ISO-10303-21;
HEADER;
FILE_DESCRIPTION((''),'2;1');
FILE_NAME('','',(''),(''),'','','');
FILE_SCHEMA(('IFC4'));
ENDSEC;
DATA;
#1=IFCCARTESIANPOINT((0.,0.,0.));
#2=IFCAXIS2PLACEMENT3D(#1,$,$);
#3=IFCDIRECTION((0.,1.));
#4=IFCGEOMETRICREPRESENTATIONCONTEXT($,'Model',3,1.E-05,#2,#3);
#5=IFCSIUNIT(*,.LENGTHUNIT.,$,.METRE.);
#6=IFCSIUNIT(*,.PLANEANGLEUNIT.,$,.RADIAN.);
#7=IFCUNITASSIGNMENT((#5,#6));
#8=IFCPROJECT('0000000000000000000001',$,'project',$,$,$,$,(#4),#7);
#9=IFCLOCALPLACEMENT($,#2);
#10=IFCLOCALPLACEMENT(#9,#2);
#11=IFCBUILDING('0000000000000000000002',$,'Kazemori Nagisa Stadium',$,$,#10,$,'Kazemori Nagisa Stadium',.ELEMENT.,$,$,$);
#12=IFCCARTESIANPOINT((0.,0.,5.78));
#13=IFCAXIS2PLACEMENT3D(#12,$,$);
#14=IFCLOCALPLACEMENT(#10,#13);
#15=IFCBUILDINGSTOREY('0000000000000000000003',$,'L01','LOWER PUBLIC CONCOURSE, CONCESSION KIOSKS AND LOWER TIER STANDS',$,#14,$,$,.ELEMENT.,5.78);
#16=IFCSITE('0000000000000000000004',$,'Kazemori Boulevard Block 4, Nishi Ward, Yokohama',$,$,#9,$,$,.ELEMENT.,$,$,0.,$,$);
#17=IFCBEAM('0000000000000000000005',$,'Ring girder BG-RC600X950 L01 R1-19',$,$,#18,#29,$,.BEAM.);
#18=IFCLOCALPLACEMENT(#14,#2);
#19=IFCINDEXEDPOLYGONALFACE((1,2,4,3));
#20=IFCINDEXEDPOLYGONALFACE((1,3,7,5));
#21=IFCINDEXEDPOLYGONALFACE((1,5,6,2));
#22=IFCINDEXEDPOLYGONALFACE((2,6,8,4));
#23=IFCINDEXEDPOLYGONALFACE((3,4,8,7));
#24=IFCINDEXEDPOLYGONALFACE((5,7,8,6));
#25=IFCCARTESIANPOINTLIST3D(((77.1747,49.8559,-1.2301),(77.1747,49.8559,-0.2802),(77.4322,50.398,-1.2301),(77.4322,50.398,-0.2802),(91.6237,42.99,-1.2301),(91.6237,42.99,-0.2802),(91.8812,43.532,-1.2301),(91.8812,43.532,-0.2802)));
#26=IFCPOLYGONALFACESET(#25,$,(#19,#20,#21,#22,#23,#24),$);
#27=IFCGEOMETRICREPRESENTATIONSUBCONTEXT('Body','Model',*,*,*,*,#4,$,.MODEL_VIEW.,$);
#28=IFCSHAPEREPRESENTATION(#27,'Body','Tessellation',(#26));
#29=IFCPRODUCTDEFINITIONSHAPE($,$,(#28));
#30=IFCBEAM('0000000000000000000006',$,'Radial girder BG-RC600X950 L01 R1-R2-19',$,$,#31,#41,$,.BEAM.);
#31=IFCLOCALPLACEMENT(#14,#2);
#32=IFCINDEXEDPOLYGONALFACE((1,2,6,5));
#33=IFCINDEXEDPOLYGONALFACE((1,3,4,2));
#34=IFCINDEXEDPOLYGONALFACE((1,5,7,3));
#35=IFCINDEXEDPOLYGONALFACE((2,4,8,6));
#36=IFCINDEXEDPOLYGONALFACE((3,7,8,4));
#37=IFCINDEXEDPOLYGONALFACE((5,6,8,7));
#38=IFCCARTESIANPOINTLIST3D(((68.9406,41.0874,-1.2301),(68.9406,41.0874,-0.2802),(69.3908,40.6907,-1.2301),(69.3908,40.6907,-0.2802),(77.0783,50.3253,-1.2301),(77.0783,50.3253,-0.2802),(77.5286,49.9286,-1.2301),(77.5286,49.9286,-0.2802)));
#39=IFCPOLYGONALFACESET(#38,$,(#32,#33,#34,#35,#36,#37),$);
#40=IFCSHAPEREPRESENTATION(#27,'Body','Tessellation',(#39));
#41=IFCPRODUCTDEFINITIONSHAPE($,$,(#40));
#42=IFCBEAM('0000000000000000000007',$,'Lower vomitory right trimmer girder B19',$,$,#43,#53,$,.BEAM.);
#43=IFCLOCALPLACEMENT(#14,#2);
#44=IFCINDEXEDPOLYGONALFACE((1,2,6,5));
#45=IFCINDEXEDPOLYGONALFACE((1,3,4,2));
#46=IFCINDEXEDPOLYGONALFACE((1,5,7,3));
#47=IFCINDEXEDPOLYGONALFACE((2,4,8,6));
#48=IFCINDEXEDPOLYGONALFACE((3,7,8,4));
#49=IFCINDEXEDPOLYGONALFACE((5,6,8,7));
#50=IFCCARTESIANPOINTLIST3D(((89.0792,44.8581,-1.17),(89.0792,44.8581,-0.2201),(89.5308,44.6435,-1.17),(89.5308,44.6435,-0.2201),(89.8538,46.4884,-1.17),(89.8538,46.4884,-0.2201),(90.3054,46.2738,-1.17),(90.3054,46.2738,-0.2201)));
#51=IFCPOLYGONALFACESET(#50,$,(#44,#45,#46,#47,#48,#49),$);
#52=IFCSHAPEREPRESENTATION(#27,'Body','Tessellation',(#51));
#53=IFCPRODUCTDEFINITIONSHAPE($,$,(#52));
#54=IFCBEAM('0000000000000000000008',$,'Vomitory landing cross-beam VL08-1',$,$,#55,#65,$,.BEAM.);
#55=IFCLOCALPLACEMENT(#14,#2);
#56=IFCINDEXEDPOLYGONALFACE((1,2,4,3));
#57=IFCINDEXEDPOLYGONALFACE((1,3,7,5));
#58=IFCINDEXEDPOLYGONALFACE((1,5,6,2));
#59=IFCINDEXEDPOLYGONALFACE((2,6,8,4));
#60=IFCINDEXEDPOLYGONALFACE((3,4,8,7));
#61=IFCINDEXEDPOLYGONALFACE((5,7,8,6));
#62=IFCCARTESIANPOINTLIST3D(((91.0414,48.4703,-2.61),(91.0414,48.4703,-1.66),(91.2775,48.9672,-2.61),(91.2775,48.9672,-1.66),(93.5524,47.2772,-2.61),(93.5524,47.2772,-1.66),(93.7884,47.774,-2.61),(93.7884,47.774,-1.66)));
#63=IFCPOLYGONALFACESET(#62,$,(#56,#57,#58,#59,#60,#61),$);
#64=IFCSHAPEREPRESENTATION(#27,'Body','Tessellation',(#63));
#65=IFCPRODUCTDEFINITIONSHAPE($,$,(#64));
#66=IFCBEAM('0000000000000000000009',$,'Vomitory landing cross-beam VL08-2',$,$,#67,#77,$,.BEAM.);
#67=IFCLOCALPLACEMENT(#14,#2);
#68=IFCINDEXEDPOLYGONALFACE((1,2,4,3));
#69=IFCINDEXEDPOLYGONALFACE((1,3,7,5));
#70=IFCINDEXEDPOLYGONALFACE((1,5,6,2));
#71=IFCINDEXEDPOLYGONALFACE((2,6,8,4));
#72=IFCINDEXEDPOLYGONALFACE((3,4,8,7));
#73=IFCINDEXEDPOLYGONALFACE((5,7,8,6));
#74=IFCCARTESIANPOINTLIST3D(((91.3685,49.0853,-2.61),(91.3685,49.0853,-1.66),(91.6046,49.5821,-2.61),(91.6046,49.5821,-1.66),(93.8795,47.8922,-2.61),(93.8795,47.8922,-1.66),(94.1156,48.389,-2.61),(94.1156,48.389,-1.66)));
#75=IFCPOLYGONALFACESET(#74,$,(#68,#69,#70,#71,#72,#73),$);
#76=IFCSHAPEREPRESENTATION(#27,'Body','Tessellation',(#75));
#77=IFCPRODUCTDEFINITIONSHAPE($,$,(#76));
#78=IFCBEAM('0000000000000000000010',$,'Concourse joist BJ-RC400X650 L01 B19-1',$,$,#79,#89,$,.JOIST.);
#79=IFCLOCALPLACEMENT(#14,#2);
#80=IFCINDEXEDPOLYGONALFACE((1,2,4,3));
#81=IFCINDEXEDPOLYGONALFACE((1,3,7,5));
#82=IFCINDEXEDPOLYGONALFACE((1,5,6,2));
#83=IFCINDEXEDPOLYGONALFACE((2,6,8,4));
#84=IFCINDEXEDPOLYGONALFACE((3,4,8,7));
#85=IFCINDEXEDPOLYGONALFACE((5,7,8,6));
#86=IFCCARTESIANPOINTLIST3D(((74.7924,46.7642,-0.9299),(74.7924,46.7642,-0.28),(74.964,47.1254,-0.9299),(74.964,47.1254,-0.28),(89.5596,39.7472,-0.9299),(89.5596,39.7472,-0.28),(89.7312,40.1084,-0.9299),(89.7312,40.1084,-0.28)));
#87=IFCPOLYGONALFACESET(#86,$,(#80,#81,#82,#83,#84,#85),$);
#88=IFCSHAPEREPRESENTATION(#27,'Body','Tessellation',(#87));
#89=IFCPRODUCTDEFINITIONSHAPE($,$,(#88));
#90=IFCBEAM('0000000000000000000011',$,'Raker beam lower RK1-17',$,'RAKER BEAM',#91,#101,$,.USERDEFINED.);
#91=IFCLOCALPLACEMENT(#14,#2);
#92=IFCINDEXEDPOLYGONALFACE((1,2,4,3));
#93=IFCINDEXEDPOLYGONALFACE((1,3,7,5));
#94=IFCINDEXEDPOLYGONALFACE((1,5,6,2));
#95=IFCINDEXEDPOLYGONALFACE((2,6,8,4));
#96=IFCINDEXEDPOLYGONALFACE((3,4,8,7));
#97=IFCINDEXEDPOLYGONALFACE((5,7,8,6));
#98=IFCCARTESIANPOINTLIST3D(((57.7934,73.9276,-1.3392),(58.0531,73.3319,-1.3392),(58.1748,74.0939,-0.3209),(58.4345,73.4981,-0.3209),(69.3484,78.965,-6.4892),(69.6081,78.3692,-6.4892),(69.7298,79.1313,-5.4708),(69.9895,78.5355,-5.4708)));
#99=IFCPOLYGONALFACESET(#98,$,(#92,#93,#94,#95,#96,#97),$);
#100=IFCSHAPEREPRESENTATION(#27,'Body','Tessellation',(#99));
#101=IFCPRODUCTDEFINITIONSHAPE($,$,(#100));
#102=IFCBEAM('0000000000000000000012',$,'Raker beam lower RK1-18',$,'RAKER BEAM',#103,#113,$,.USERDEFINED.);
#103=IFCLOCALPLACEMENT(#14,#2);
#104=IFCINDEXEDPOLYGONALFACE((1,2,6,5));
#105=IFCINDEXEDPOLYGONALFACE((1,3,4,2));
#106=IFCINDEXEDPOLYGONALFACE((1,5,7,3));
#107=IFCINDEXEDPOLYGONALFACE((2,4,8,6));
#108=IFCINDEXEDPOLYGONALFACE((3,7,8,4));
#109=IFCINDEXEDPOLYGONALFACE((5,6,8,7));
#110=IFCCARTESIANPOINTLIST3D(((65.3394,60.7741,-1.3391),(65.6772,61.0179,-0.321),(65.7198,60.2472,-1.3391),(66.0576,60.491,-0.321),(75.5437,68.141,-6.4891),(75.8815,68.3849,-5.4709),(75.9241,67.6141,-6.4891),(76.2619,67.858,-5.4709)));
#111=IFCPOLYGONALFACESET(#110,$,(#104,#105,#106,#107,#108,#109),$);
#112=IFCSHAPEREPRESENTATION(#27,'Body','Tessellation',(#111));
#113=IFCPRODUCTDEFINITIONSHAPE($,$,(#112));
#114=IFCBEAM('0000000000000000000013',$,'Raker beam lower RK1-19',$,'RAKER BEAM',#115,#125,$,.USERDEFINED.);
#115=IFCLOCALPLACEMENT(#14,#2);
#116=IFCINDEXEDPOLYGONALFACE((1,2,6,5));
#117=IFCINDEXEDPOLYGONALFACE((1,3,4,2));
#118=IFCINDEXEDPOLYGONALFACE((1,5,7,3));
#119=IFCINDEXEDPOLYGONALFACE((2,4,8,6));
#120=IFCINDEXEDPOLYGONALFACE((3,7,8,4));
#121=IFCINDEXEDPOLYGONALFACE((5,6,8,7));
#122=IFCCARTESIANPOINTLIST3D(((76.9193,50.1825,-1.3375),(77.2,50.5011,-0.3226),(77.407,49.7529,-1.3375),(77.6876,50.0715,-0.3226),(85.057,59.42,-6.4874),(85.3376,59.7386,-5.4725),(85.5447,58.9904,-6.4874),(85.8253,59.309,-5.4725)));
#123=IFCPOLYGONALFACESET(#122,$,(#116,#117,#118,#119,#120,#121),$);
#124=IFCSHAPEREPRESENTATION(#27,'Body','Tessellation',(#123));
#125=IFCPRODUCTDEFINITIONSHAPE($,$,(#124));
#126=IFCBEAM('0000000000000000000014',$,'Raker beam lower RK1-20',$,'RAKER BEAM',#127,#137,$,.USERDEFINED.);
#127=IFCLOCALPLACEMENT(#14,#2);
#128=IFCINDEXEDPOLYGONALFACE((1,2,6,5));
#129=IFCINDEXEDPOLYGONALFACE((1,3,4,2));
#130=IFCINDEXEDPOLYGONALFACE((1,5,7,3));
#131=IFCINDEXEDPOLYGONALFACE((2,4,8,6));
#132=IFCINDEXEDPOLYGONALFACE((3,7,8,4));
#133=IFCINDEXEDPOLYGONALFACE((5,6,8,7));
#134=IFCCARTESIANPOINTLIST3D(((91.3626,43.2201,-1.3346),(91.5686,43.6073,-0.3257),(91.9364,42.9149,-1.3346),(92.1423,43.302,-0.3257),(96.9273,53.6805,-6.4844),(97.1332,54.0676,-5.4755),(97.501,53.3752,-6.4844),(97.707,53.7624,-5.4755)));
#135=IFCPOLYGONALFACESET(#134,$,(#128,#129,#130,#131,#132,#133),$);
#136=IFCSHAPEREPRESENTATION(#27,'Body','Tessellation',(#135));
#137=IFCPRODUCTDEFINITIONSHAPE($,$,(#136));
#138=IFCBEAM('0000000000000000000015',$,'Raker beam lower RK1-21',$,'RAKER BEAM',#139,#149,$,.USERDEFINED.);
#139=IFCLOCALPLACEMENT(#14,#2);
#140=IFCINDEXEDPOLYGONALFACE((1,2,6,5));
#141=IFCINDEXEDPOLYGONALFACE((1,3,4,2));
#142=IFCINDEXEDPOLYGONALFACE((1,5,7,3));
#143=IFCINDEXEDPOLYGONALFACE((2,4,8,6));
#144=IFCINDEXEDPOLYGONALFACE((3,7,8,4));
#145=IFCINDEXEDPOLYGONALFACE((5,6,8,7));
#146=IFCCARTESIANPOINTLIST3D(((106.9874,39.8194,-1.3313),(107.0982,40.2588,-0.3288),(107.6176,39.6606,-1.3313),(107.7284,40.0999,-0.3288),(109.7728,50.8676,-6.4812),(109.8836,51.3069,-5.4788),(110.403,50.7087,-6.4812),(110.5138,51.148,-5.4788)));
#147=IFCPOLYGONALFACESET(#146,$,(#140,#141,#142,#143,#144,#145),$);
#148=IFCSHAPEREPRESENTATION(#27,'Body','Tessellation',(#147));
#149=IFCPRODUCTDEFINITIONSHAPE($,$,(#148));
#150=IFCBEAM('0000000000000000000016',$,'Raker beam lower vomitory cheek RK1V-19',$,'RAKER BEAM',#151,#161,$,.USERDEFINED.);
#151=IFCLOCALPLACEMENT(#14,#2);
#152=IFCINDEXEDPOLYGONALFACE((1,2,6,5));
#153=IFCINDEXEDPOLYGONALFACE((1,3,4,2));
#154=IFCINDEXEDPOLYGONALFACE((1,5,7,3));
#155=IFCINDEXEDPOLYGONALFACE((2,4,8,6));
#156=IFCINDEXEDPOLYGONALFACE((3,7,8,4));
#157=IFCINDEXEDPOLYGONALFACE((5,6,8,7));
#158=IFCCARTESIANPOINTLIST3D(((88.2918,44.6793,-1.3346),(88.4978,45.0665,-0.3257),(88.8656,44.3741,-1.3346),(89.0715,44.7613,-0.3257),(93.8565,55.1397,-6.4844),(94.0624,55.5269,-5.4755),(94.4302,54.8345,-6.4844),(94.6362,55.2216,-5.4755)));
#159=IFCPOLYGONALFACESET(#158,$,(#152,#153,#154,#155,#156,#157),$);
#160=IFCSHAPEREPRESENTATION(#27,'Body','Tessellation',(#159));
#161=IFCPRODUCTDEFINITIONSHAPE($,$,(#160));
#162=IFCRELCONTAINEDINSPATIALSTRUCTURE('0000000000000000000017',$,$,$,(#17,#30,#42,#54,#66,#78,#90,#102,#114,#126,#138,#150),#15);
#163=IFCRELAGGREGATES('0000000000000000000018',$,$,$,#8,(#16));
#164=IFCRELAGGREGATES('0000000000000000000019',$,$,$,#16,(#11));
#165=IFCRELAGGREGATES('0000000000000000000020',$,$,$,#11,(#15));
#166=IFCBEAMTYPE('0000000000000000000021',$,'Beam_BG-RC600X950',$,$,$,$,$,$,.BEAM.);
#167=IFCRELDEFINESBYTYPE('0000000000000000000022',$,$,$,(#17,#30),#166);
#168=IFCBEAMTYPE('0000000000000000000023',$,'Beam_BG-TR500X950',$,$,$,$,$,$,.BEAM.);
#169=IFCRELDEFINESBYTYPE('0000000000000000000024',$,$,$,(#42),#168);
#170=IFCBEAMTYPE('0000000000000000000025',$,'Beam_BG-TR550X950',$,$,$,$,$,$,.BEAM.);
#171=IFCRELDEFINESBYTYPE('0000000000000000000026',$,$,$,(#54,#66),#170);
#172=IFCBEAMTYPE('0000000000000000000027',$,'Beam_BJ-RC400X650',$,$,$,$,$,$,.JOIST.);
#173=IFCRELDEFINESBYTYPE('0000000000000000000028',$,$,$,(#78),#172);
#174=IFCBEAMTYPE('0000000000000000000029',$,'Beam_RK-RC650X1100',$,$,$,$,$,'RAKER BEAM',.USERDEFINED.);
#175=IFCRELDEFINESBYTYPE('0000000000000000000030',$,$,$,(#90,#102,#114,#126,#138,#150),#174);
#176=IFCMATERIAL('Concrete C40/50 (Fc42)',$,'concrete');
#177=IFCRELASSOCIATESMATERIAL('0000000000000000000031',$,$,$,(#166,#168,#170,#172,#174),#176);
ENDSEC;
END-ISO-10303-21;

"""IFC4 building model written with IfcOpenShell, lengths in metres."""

from ifc_helpers import new_model, si_unit, direction, frame, origin, origin_2d, place, context, subcontext, project, spatial, rectangle, extrude, material, material_profile, profile_set, type_object, element, save


model = new_model("IFC4")

# Units and contexts
model_context = context("Model", 3, precision=1e-05, world=origin(), true_north=direction((0.0, 1.0)))
body_context = subcontext(model_context, "Body", "Model", "MODEL_VIEW")
ifc_project = project(units=[si_unit("LENGTHUNIT", "METRE"), si_unit("PLANEANGLEUNIT", "RADIAN")], contexts=[model_context])

# Site, building, storey
site_placement = place(None, origin())
site = spatial("IfcSite", under=ifc_project, at=site_placement, Name="Kazemori Boulevard Block 4, Nishi Ward, Yokohama", CompositionType="ELEMENT", RefElevation=0.0)
building_placement = place(site_placement, origin())
building = spatial("IfcBuilding", under=site, at=building_placement, Name="Kazemori Nagisa Stadium", LongName="Kazemori Nagisa Stadium", CompositionType="ELEMENT")
storey_placement = place(building_placement, frame((0.0, 0.0, 5.78)))
storey = spatial("IfcBuildingStorey", under=building, at=storey_placement, Name="L01", Description="LOWER PUBLIC CONCOURSE, CONCESSION KIOSKS AND LOWER TIER STANDS", CompositionType="ELEMENT", Elevation=5.78)

# Shared definitions
ifc_material_1 = material(Name="Concrete C40/50 (Fc42)", Category="concrete")

# Beams
ifc_material_profile_1 = material_profile(ifc_material_1, rectangle(XDim=0.6001, YDim=0.95, at=origin_2d()), Name="RC-BM-600x950")
ifc_profile_set_1 = profile_set([ifc_material_profile_1], Name="Concrete C40/50 (Fc42)")
beam_type_1 = type_object("IfcBeamType", Name="Beam_BG-RC600X950", PredefinedType="BEAM", material=ifc_profile_set_1)
beam_1_placement = place(storey_placement, frame((77.3035, 50.127, -0.7551), z_axis=(0.903212, -0.429195, 0.0), x_axis=(0.429195, 0.903212, 0.0)))
element("IfcBeam", 1, at=beam_1_placement, inside=storey, type_object=beam_type_1, Name="Ring girder BG-RC600X950 L01 R1-19", PredefinedType="BEAM", context=body_context, shape_type="SweptSolid", body=[
    extrude(rectangle(XDim=0.6001, YDim=0.95, at=origin_2d()), origin(), (0.0, 0.0, 1.0), 15.9973),
])
beam_2_placement = place(storey_placement, frame((77.3035, 50.127, -0.7551), z_axis=(-0.661014, -0.750374, 0.0), x_axis=(0.750374, -0.661014, 0.0)))
element("IfcBeam", 2, at=beam_2_placement, inside=storey, type_object=beam_type_1, Name="Radial girder BG-RC600X950 L01 R1-R2-19", PredefinedType="BEAM", context=body_context, shape_type="SweptSolid", body=[
    extrude(rectangle(XDim=0.6001, YDim=0.95, at=origin_2d()), origin(), (0.0, 0.0, 1.0), 12.311),
])
ifc_material_profile_2 = material_profile(ifc_material_1, rectangle(XDim=0.5, YDim=0.95, at=origin_2d()), Name="RC-BM-500x950")
ifc_profile_set_2 = profile_set([ifc_material_profile_2], Name="Concrete C40/50 (Fc42)")
beam_type_2 = type_object("IfcBeamType", Name="Beam_BG-TR500X950", PredefinedType="BEAM", material=ifc_profile_set_2)
beam_3_placement = place(storey_placement, frame((90.0796, 46.3811, -0.6951), z_axis=(-0.429162, -0.903228, 0.0), x_axis=(0.903228, -0.429162, 0.0)))
element("IfcBeam", 3, at=beam_3_placement, inside=storey, type_object=beam_type_2, Name="Lower vomitory right trimmer girder B19", PredefinedType="BEAM", context=body_context, shape_type="SweptSolid", body=[
    extrude(rectangle(XDim=0.5, YDim=0.95, at=origin_2d()), origin(), (0.0, 0.0, 1.0), 1.8049),
])
ifc_material_profile_3 = material_profile(ifc_material_1, rectangle(XDim=0.55, YDim=0.95, at=origin_2d()), Name="RC-BM-550x950")
ifc_profile_set_3 = profile_set([ifc_material_profile_3], Name="Concrete C40/50 (Fc42)")
beam_type_3 = type_object("IfcBeamType", Name="Beam_BG-TR550X950", PredefinedType="BEAM", material=ifc_profile_set_3)
for number, where, z_axis, x_axis, name in (
    (4, (91.1594, 48.7188, -2.135), (0.903222, -0.429173, 0.0), (0.429173, 0.903222, 0.0), "Vomitory landing cross-beam VL08-1"),
    (5, (91.4866, 49.3337, -2.135), (0.903222, -0.429173, 0.0), (0.429173, 0.903222, 0.0), "Vomitory landing cross-beam VL08-2"),
):
    element("IfcBeam", number, at=place(storey_placement, frame(where, z_axis=z_axis, x_axis=x_axis)), inside=storey, type_object=beam_type_3, Name=name, PredefinedType="BEAM", context=body_context, shape_type="SweptSolid", body=[
        extrude(rectangle(XDim=0.55, YDim=0.95, at=origin_2d()), origin(), (0.0, 0.0, 1.0), 2.78),
    ])
ifc_material_profile_4 = material_profile(ifc_material_1, rectangle(XDim=0.3999, YDim=0.6499, at=origin_2d()), Name="RC-BM-400x650")
ifc_profile_set_4 = profile_set([ifc_material_profile_4], Name="Concrete C40/50 (Fc42)")
beam_type_4 = type_object("IfcBeamType", Name="Beam_BJ-RC400X650", PredefinedType="JOIST", material=ifc_profile_set_4)
beam_4_placement = place(storey_placement, frame((74.8782, 46.9448, -0.605), z_axis=(0.903216, -0.429187, 0.0), x_axis=(0.429187, 0.903216, 0.0)))
element("IfcBeam", 6, at=beam_4_placement, inside=storey, type_object=beam_type_4, Name="Concourse joist BJ-RC400X650 L01 B19-1", PredefinedType="JOIST", context=body_context, shape_type="SweptSolid", body=[
    extrude(rectangle(XDim=0.3999, YDim=0.6499, at=origin_2d()), origin(), (0.0, 0.0, 1.0), 16.3496),
])
ifc_material_profile_5 = material_profile(ifc_material_1, rectangle(XDim=0.6499, YDim=1.1001, at=origin_2d()), Name="RC-RK-650x1100")
ifc_profile_set_5 = profile_set([ifc_material_profile_5], Name="Concrete C40/50 (Fc42)")
beam_type_5 = type_object("IfcBeamType", Name="Beam_RK-RC650X1100", ElementType="RAKER BEAM", PredefinedType="USERDEFINED", material=ifc_profile_set_5)
beam_5_placement = place(storey_placement, frame((69.6689, 78.7502, -5.98), z_axis=(-0.848589, -0.369941, 0.378207), x_axis=(0.399625, -0.916679, 0.0)))
element("IfcBeam", 7, at=beam_5_placement, inside=storey, type_object=beam_type_5, Name="Raker beam lower RK1-17", ObjectType="RAKER BEAM", PredefinedType="USERDEFINED", context=body_context, shape_type="SweptSolid", body=[
    extrude(rectangle(XDim=0.6499, YDim=1.1001, at=origin_2d()), origin(), (0.0, 0.0, 1.0), 13.6167),
])
beam_6_placement = place(storey_placement, frame((75.9028, 67.9995, -5.98), z_axis=(-0.750397, -0.541743, 0.378708), x_axis=(0.585341, -0.810787, 0.0)))
element("IfcBeam", 8, at=beam_6_placement, inside=storey, type_object=beam_type_5, Name="Raker beam lower RK1-18", ObjectType="RAKER BEAM", PredefinedType="USERDEFINED", context=body_context, shape_type="SweptSolid", body=[
    extrude(rectangle(XDim=0.6499, YDim=1.1001, at=origin_2d()), origin(), (0.0, 0.0, 1.0), 13.5986),
])
beam_7_placement = place(storey_placement, frame((85.4412, 59.3645, -5.98), z_axis=(-0.609816, -0.692236, 0.385919), x_axis=(0.750365, -0.661024, 0.0)))
element("IfcBeam", 9, at=beam_7_placement, inside=storey, type_object=beam_type_5, Name="Raker beam lower RK1-19", ObjectType="RAKER BEAM", PredefinedType="USERDEFINED", context=body_context, shape_type="SweptSolid", body=[
    extrude(rectangle(XDim=0.6499, YDim=1.1001, at=origin_2d()), origin(), (0.0, 0.0, 1.0), 13.3445),
])
beam_8_placement = place(storey_placement, frame((97.3171, 53.7214, -5.98), z_axis=(-0.430727, -0.809676, 0.398621), x_axis=(0.88285, -0.469654, 0.0)))
element("IfcBeam", 10, at=beam_8_placement, inside=storey, type_object=beam_type_5, Name="Raker beam lower RK1-20", ObjectType="RAKER BEAM", PredefinedType="USERDEFINED", context=body_context, shape_type="SweptSolid", body=[
    extrude(rectangle(XDim=0.6499, YDim=1.1001, at=origin_2d()), origin(), (0.0, 0.0, 1.0), 12.9192),
])
beam_9_placement = place(storey_placement, frame((110.1433, 51.0078, -5.98), z_axis=(-0.222768, -0.883592, 0.411873), x_axis=(0.969658, -0.244466, 0.0)))
element("IfcBeam", 11, at=beam_9_placement, inside=storey, type_object=beam_type_5, Name="Raker beam lower RK1-21", ObjectType="RAKER BEAM", PredefinedType="USERDEFINED", context=body_context, shape_type="SweptSolid", body=[
    extrude(rectangle(XDim=0.6499, YDim=1.1001, at=origin_2d()), origin(), (0.0, 0.0, 1.0), 12.5037),
])
beam_10_placement = place(storey_placement, frame((94.2463, 55.1807, -5.98), z_axis=(-0.430727, -0.809676, 0.398621), x_axis=(0.88285, -0.469654, 0.0)))
element("IfcBeam", 12, at=beam_10_placement, inside=storey, type_object=beam_type_5, Name="Raker beam lower vomitory cheek RK1V-19", ObjectType="RAKER BEAM", PredefinedType="USERDEFINED", context=body_context, shape_type="SweptSolid", body=[
    extrude(rectangle(XDim=0.6499, YDim=1.1001, at=origin_2d()), origin(), (0.0, 0.0, 1.0), 12.9192),
])

save(model, "model.ifc")
